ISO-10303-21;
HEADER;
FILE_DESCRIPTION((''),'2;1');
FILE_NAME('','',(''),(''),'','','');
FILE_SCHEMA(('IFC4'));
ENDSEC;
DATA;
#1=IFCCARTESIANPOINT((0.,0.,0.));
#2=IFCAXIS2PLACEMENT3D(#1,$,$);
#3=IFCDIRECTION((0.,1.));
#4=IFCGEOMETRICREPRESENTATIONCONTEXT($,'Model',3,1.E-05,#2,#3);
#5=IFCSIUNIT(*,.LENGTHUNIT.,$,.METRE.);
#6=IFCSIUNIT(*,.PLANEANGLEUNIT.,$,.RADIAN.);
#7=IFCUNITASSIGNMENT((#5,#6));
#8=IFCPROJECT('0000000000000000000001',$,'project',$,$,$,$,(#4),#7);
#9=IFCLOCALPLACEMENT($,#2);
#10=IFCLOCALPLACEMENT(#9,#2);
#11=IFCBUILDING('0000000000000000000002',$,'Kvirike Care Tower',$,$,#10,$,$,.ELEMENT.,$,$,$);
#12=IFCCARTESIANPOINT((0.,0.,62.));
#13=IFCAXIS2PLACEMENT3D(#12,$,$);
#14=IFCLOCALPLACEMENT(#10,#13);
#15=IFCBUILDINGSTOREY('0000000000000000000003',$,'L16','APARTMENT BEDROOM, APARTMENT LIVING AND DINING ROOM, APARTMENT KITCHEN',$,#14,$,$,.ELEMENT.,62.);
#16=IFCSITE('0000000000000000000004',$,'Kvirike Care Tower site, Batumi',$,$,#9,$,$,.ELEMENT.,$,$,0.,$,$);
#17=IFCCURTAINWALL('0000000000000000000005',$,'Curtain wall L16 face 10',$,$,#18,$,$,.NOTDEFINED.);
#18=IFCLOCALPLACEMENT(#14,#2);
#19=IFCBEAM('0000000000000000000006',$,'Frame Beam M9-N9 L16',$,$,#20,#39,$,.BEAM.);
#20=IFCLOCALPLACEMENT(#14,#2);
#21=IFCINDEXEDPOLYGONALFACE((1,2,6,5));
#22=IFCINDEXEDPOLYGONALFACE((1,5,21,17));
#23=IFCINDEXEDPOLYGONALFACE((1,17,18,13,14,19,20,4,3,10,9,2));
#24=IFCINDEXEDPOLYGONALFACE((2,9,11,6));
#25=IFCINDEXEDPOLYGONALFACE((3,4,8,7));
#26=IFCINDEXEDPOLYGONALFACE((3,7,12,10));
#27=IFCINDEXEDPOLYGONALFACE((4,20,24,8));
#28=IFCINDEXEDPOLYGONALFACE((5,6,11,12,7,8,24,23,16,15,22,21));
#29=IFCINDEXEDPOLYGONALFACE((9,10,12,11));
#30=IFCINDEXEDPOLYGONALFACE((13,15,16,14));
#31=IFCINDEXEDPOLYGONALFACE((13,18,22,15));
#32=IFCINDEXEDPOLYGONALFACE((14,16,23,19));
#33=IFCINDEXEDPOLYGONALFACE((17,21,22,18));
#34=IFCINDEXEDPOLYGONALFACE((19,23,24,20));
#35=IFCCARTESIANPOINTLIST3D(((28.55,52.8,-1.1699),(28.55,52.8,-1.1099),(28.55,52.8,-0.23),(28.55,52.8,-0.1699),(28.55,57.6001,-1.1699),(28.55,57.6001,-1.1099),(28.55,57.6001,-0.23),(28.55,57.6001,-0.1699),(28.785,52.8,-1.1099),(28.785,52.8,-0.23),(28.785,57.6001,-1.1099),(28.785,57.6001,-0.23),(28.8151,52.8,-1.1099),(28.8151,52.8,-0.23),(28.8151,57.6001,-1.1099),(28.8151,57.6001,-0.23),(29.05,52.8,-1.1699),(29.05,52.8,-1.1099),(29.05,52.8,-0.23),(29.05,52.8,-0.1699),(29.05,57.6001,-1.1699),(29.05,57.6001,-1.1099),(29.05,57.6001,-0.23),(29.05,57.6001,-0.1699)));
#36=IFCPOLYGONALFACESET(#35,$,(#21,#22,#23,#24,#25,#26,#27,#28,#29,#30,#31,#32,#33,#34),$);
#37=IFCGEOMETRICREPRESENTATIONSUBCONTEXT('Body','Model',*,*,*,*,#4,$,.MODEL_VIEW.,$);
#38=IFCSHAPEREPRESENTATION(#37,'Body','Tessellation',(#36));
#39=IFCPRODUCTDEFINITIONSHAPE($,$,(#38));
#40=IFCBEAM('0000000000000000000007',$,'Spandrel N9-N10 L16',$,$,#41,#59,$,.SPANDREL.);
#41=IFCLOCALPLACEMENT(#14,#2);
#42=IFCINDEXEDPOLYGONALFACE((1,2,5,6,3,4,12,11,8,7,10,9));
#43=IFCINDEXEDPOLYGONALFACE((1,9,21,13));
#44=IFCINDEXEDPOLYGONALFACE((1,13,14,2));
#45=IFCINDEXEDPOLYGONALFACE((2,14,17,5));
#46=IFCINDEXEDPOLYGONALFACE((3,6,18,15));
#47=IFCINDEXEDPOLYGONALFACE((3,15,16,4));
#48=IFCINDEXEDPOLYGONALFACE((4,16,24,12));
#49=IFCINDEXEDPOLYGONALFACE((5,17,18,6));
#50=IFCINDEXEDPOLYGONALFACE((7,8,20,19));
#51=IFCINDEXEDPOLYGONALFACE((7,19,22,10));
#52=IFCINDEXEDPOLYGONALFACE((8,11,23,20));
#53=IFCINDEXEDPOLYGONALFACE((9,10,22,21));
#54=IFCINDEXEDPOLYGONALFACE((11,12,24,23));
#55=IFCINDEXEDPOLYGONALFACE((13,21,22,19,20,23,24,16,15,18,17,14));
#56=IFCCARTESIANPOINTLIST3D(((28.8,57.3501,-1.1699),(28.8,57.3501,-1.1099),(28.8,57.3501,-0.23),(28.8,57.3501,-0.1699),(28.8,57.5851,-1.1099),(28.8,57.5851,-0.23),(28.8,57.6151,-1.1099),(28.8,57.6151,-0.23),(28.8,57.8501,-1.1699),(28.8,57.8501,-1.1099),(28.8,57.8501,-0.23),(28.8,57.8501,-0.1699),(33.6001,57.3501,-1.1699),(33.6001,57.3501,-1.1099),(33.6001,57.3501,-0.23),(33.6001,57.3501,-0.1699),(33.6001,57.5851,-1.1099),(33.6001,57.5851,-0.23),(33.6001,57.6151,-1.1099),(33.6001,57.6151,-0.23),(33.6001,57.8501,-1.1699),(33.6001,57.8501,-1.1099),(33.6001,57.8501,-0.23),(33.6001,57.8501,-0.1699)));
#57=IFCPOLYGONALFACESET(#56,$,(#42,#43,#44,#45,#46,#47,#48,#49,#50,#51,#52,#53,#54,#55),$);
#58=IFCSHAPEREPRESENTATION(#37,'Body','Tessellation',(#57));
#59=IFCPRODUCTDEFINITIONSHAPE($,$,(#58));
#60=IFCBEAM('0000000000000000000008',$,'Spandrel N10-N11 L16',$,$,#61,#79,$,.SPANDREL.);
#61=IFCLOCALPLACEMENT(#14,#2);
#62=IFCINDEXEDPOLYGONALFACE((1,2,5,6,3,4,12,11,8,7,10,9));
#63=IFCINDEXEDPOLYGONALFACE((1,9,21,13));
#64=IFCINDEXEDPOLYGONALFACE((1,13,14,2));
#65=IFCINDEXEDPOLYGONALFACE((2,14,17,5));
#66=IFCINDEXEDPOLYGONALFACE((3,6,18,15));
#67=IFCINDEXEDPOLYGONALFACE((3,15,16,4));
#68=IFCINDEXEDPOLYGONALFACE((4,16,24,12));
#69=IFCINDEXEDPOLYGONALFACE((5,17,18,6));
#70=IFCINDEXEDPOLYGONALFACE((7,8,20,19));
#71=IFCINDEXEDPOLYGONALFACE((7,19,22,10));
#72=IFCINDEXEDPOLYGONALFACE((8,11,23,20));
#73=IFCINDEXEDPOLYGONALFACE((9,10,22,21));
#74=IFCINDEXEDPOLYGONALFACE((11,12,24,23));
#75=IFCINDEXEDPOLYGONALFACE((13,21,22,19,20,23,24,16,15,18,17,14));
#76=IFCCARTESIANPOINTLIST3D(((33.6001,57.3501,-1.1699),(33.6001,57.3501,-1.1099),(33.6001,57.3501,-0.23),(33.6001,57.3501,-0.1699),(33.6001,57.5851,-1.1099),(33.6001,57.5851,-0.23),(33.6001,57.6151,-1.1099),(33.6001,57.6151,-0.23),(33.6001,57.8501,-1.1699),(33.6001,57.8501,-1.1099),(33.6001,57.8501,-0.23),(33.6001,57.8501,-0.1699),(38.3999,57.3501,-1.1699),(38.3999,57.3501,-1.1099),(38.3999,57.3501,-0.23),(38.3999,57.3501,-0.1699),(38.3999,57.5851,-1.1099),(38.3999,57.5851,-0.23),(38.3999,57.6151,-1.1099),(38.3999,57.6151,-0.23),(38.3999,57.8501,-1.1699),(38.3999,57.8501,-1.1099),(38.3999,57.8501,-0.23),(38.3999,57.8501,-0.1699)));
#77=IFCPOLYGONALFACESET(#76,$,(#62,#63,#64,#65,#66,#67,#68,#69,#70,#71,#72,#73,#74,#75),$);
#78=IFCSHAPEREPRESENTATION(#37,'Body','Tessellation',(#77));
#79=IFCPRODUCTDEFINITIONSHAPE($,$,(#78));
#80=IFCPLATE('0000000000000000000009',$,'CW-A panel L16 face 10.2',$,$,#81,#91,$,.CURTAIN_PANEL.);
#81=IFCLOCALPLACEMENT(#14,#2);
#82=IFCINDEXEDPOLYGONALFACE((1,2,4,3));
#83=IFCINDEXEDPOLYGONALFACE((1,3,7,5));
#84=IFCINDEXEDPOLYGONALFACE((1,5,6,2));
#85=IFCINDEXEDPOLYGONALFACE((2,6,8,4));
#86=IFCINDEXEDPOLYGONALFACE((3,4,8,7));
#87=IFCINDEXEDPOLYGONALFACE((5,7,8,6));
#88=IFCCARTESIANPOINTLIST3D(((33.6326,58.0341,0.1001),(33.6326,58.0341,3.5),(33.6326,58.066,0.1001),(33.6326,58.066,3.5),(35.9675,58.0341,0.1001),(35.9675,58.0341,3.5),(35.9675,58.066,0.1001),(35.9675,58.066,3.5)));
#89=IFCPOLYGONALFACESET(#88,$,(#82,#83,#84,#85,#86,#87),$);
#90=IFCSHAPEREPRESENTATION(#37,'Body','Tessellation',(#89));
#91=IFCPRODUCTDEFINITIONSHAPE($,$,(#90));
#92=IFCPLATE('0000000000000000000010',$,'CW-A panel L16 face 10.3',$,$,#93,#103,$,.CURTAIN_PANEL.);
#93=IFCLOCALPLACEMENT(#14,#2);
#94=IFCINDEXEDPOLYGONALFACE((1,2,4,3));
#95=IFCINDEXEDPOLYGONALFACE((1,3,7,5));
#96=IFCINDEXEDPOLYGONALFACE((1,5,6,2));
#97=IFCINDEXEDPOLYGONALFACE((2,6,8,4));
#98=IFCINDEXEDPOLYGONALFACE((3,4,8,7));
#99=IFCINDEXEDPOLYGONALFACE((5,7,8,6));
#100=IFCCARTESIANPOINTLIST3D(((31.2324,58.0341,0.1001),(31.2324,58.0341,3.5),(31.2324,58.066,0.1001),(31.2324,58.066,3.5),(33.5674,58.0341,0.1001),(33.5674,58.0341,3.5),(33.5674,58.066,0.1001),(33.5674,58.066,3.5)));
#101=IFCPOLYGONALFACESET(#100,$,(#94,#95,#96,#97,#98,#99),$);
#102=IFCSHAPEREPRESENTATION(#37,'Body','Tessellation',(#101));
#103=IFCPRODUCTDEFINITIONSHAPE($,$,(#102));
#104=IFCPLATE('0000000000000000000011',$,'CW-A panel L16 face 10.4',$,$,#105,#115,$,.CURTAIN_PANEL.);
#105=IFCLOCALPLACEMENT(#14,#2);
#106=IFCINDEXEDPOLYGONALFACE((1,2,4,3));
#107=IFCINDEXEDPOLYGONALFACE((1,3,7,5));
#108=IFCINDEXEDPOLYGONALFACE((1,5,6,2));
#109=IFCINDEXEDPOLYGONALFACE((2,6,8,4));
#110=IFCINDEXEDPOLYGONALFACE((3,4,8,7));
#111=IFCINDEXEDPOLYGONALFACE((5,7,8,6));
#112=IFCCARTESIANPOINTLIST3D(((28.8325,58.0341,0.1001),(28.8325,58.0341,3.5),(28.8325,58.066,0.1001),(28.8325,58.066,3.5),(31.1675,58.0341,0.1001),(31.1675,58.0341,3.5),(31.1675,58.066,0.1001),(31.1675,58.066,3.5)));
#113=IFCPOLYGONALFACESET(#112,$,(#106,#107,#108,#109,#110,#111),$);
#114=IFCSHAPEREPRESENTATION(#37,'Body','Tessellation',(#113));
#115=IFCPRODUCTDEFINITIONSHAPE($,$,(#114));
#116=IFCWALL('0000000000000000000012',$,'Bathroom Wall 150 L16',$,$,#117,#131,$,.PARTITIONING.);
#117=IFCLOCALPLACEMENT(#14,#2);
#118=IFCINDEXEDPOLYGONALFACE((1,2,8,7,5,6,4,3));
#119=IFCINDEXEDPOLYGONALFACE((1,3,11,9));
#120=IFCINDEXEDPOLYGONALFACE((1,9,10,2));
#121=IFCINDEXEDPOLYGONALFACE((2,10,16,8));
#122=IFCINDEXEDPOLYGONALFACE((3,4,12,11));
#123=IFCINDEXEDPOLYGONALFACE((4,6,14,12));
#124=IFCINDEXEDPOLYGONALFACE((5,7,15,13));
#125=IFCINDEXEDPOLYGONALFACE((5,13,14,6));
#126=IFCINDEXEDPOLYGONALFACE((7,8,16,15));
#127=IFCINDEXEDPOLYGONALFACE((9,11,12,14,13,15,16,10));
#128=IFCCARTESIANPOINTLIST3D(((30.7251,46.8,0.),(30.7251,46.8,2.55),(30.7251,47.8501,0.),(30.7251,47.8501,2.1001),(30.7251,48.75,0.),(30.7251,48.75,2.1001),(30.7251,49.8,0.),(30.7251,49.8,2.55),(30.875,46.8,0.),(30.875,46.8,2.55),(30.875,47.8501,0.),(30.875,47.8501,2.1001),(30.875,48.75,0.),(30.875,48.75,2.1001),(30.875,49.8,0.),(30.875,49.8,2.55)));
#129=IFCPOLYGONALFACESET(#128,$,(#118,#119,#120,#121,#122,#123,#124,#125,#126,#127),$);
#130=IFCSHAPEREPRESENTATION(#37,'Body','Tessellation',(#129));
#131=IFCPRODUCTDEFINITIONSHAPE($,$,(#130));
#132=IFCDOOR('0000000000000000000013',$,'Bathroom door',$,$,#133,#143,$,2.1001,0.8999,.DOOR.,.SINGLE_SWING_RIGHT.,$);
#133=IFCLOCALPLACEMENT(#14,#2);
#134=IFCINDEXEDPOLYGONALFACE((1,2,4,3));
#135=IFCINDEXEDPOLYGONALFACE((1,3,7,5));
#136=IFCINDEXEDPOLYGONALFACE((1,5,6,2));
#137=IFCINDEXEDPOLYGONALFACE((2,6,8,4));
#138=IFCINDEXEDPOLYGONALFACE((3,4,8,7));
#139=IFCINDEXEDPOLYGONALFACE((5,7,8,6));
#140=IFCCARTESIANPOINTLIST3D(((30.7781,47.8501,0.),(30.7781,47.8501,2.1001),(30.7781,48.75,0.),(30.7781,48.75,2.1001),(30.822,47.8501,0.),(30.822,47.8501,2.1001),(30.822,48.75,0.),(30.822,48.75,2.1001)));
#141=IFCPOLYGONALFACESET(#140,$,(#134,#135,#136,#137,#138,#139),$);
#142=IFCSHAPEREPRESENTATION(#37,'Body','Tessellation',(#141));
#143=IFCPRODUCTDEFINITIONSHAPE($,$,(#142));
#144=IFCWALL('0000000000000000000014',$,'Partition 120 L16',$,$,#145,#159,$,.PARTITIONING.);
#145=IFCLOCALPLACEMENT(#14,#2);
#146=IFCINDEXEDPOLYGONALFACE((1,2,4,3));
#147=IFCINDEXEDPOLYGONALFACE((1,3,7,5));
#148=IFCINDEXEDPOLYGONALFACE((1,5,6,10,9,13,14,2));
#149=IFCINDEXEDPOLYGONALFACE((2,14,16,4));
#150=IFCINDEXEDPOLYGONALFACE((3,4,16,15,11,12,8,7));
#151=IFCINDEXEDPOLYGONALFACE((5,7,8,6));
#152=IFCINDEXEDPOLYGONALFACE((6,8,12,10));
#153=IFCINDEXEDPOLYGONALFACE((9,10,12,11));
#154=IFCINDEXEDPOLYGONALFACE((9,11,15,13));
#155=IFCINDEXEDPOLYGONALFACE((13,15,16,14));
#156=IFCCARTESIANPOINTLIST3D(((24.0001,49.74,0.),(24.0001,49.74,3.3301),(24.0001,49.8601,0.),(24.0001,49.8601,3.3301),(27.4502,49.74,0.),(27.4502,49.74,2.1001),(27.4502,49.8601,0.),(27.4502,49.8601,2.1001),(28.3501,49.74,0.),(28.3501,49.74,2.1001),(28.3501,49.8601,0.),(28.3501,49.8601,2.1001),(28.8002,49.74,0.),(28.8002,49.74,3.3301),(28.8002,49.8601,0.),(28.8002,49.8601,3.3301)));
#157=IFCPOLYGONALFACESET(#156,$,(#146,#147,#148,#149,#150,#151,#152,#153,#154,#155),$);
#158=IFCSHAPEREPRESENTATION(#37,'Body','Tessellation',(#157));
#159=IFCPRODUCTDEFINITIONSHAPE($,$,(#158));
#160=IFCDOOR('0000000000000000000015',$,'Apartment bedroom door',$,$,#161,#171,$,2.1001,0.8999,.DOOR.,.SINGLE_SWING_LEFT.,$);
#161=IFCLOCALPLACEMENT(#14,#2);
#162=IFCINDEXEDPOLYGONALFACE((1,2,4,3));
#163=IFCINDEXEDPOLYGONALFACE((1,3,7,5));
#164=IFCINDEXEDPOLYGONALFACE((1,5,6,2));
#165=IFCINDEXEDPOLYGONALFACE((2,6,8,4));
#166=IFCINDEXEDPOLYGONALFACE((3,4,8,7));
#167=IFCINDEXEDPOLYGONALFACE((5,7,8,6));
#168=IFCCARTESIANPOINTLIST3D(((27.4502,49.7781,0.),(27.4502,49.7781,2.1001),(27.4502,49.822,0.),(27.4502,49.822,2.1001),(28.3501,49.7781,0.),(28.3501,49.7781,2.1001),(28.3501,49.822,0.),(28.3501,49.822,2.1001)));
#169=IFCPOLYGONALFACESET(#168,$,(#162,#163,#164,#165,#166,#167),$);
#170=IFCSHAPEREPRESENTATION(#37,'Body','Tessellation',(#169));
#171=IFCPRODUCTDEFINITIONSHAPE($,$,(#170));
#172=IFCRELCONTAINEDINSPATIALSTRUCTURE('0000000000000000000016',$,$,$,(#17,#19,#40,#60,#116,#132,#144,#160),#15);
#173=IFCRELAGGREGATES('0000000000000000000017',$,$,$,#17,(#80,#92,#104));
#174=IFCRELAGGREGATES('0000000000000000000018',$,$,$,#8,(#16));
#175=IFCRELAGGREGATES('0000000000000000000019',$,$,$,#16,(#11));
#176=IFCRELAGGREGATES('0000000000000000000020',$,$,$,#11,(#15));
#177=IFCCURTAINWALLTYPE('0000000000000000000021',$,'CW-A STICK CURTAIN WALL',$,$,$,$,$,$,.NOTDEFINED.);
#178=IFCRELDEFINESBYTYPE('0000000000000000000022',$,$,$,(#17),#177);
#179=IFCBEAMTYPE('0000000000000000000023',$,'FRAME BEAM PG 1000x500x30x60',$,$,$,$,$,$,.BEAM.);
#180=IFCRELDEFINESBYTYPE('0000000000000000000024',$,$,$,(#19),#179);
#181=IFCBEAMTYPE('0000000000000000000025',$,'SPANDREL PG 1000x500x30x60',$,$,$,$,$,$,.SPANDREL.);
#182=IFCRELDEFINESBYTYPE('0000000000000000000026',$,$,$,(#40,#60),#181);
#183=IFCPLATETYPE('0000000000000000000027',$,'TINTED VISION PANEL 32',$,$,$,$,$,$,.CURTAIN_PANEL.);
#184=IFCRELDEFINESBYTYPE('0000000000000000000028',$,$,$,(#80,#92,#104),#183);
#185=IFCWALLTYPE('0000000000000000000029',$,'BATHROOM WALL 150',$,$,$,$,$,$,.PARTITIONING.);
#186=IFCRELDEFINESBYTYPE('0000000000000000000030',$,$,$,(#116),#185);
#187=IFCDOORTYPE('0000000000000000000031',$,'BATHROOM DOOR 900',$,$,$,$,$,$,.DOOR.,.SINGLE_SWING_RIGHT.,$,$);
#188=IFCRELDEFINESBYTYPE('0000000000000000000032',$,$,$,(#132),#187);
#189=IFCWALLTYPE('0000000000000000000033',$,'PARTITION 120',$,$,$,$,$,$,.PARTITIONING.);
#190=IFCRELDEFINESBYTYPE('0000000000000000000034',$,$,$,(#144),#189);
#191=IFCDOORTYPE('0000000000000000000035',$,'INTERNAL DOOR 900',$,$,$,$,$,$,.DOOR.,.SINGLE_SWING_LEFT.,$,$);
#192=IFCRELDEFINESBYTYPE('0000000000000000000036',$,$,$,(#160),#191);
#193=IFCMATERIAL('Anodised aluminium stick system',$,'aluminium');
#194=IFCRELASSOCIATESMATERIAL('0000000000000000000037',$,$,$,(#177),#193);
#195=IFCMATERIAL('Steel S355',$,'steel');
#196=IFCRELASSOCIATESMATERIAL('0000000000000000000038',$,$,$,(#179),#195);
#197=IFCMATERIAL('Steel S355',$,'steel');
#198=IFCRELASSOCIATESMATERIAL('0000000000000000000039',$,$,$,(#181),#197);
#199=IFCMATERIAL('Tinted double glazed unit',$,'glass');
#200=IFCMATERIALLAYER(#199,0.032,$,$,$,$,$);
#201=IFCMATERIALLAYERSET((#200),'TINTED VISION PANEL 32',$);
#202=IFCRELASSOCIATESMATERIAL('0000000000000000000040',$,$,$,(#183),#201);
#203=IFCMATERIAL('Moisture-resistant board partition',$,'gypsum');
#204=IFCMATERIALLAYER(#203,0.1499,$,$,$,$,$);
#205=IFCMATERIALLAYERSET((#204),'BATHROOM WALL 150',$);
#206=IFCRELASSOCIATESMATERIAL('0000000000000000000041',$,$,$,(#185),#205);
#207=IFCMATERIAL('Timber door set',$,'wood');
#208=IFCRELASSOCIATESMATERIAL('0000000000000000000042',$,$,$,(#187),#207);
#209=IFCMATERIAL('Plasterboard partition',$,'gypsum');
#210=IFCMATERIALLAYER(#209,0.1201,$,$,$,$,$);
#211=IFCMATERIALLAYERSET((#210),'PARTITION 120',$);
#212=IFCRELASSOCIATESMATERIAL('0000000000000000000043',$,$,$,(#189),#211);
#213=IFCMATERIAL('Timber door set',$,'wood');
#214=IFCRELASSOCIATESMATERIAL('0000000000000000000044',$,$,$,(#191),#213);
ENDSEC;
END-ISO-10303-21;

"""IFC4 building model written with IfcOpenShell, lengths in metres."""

from ifc_helpers import new_model, si_unit, direction, frame, frame_2d, origin, origin_2d, place, context, subcontext, project, spatial, rectangle, i_section, extrude, material, layer, layer_set, material_profile, profile_set, type_object, element, fill, aggregate, save


model = new_model("IFC4")

# Units and contexts
model_context = context("Model", 3, precision=1e-05, world=origin(), true_north=direction((0.0, 1.0)))
body_context = subcontext(model_context, "Body", "Model", "MODEL_VIEW")
ifc_project = project(units=[si_unit("LENGTHUNIT", "METRE"), si_unit("PLANEANGLEUNIT", "RADIAN")], contexts=[model_context])

# Site, building, storey
site_placement = place(None, origin())
site = spatial("IfcSite", under=ifc_project, at=site_placement, Name="Kvirike Care Tower site, Batumi", CompositionType="ELEMENT", RefElevation=0.0)
building_placement = place(site_placement, origin())
building = spatial("IfcBuilding", under=site, at=building_placement, Name="Kvirike Care Tower", CompositionType="ELEMENT")
storey_placement = place(building_placement, frame((0.0, 0.0, 62.0)))
storey = spatial("IfcBuildingStorey", under=building, at=storey_placement, Name="L16", Description="APARTMENT BEDROOM, APARTMENT LIVING AND DINING ROOM, APARTMENT KITCHEN", CompositionType="ELEMENT", Elevation=62.0)

# Curtain wall
ifc_material_1 = material(Name="Anodised aluminium stick system", Category="aluminium")
curtain_wall_type = type_object("IfcCurtainWallType", Name="CW-A STICK CURTAIN WALL", PredefinedType="NOTDEFINED", material=ifc_material_1)
curtain_wall_placement = place(storey_placement, origin())
curtain_wall = element("IfcCurtainWall", 1, at=curtain_wall_placement, inside=storey, type_object=curtain_wall_type, Name="Curtain wall L16 face 10", PredefinedType="NOTDEFINED")

# Beams
ifc_material_2 = material(Name="Steel S355", Category="steel")
ifc_material_profile_1 = material_profile(ifc_material_2, i_section(OverallWidth=0.5, OverallDepth=1.0, WebThickness=0.03, FlangeThickness=0.0601, at=origin_2d()), Name="PG 1000x500x30x60")
ifc_profile_set_1 = profile_set([ifc_material_profile_1], Name="Steel S355")
beam_type_1 = type_object("IfcBeamType", Name="FRAME BEAM PG 1000x500x30x60", PredefinedType="BEAM", material=ifc_profile_set_1)
beam_1_placement = place(storey_placement, frame((28.8, 52.8, -0.6699), z_axis=(0.0, 1.0, 0.0), x_axis=(-1.0, 0.0, 0.0)))
element("IfcBeam", 2, at=beam_1_placement, inside=storey, type_object=beam_type_1, Name="Frame Beam M9-N9 L16", PredefinedType="BEAM", context=body_context, shape_type="SweptSolid", body=[
    extrude(i_section(OverallWidth=0.5, OverallDepth=1.0, WebThickness=0.03, FlangeThickness=0.0601, at=origin_2d()), origin(), (0.0, 0.0, 1.0), 4.8),
])
ifc_material_3 = material(Name="Steel S355", Category="steel")
ifc_material_profile_2 = material_profile(ifc_material_3, i_section(OverallWidth=0.5, OverallDepth=1.0, WebThickness=0.03, FlangeThickness=0.0601, at=origin_2d()), Name="PG 1000x500x30x60")
ifc_profile_set_2 = profile_set([ifc_material_profile_2], Name="Steel S355")
beam_type_2 = type_object("IfcBeamType", Name="SPANDREL PG 1000x500x30x60", PredefinedType="SPANDREL", material=ifc_profile_set_2)
beam_2_placement = place(storey_placement, frame((28.8, 57.6001, -0.6699), z_axis=(1.0, 0.0, 0.0), x_axis=(0.0, 1.0, 0.0)))
element("IfcBeam", 3, at=beam_2_placement, inside=storey, type_object=beam_type_2, Name="Spandrel N9-N10 L16", PredefinedType="SPANDREL", context=body_context, shape_type="SweptSolid", body=[
    extrude(i_section(OverallWidth=0.5, OverallDepth=1.0, WebThickness=0.03, FlangeThickness=0.0601, at=origin_2d()), origin(), (0.0, 0.0, 1.0), 4.8),
])
beam_3_placement = place(storey_placement, frame((33.6001, 57.6001, -0.6699), z_axis=(1.0, 0.0, 0.0), x_axis=(0.0, 1.0, 0.0)))
element("IfcBeam", 4, at=beam_3_placement, inside=storey, type_object=beam_type_2, Name="Spandrel N10-N11 L16", PredefinedType="SPANDREL", context=body_context, shape_type="SweptSolid", body=[
    extrude(i_section(OverallWidth=0.5, OverallDepth=1.0, WebThickness=0.03, FlangeThickness=0.0601, at=origin_2d()), origin(), (0.0, 0.0, 1.0), 4.7998),
])

# Plates
ifc_material_4 = material(Name="Tinted double glazed unit", Category="glass")
ifc_layer_1 = layer(ifc_material_4, 0.032)
ifc_layer_set_1 = layer_set([ifc_layer_1], Name="TINTED VISION PANEL 32")
plate_type = type_object("IfcPlateType", Name="TINTED VISION PANEL 32", PredefinedType="CURTAIN_PANEL", material=ifc_layer_set_1)
plate_1_placement = place(storey_placement, frame((34.8, 58.05, 0.1001), z_axis=(0.0, 0.0, 1.0), x_axis=(-1.0, 0.0, 0.0)))
plate_1 = element("IfcPlate", 5, at=plate_1_placement, type_object=plate_type, Name="CW-A panel L16 face 10.2", PredefinedType="CURTAIN_PANEL", context=body_context, shape_type="SweptSolid", body=[
    extrude(rectangle(XDim=2.335, YDim=0.032, at=origin_2d()), origin(), (0.0, 0.0, 1.0), 3.3999),
])
plate_2_placement = place(storey_placement, frame((32.3999, 58.05, 0.1001), z_axis=(0.0, 0.0, 1.0), x_axis=(-1.0, 0.0, 0.0)))
plate_2 = element("IfcPlate", 6, at=plate_2_placement, type_object=plate_type, Name="CW-A panel L16 face 10.3", PredefinedType="CURTAIN_PANEL", context=body_context, shape_type="SweptSolid", body=[
    extrude(rectangle(XDim=2.335, YDim=0.032, at=origin_2d()), origin(), (0.0, 0.0, 1.0), 3.3999),
])
plate_3_placement = place(storey_placement, frame((30.0, 58.05, 0.1001), z_axis=(0.0, 0.0, 1.0), x_axis=(-1.0, 0.0, 0.0)))
plate_3 = element("IfcPlate", 7, at=plate_3_placement, type_object=plate_type, Name="CW-A panel L16 face 10.4", PredefinedType="CURTAIN_PANEL", context=body_context, shape_type="SweptSolid", body=[
    extrude(rectangle(XDim=2.335, YDim=0.032, at=origin_2d()), origin(), (0.0, 0.0, 1.0), 3.3999),
])
aggregate(curtain_wall, [plate_1, plate_2, plate_3])

# Walls, openings, doors
ifc_material_5 = material(Name="Moisture-resistant board partition", Category="gypsum")
ifc_layer_2 = layer(ifc_material_5, 0.1499)
ifc_layer_set_2 = layer_set([ifc_layer_2], Name="BATHROOM WALL 150")
wall_type_1 = type_object("IfcWallType", Name="BATHROOM WALL 150", PredefinedType="PARTITIONING", material=ifc_layer_set_2)
wall_1_placement = place(storey_placement, frame((30.8, 49.8, 0.0), z_axis=(0.0, 0.0, 1.0), x_axis=(0.0, -1.0, 0.0)))
wall_1 = element("IfcWall", 8, at=wall_1_placement, inside=storey, type_object=wall_type_1, Name="Bathroom Wall 150 L16", PredefinedType="PARTITIONING", context=body_context, shape_type="SweptSolid", body=[
    extrude(rectangle(XDim=3.0, YDim=0.1499, at=frame_2d((1.5, 0.0))), origin(), (0.0, 0.0, 1.0), 2.55),
])
opening_1_placement = place(wall_1_placement, frame((1.05, 0.0, 0.0)))
opening_1 = element("IfcOpeningElement", 9, at=opening_1_placement, cuts=wall_1, PredefinedType="OPENING", context=body_context, shape_type="SweptSolid", body=[
    extrude(rectangle(XDim=0.8999, YDim=2.1001, at=frame_2d((0.45, 1.05))), frame((0.0, 0.0854, 0.0), z_axis=(0.0, -1.0, 0.0), x_axis=(1.0, 0.0, 0.0)), (0.0, 0.0, 1.0), 0.1709),
])
ifc_material_6 = material(Name="Timber door set", Category="wood")
door_type_1 = type_object("IfcDoorType", Name="BATHROOM DOOR 900", OperationType="SINGLE_SWING_RIGHT", PredefinedType="DOOR", material=ifc_material_6)
door_1_placement = place(opening_1_placement, origin())
door_1 = element("IfcDoor", 10, at=door_1_placement, inside=storey, type_object=door_type_1, Name="Bathroom door", OperationType="SINGLE_SWING_RIGHT", OverallHeight=2.1001, OverallWidth=0.8999, PredefinedType="DOOR", context=body_context, shape_type="SweptSolid", body=[
    extrude(rectangle(XDim=0.8999, YDim=2.1001, at=frame_2d((0.45, 1.05))), frame((0.0, 0.022, 0.0), z_axis=(0.0, -1.0, 0.0), x_axis=(1.0, 0.0, 0.0)), (0.0, 0.0, 1.0), 0.0439),
])
fill(opening_1, door_1)
ifc_material_7 = material(Name="Plasterboard partition", Category="gypsum")
ifc_layer_3 = layer(ifc_material_7, 0.1201)
ifc_layer_set_3 = layer_set([ifc_layer_3], Name="PARTITION 120")
wall_type_2 = type_object("IfcWallType", Name="PARTITION 120", PredefinedType="PARTITIONING", material=ifc_layer_set_3)
wall_2_placement = place(storey_placement, frame((28.8, 49.8, 0.0), z_axis=(0.0, 0.0, 1.0), x_axis=(-1.0, 0.0, 0.0)))
wall_2 = element("IfcWall", 11, at=wall_2_placement, inside=storey, type_object=wall_type_2, Name="Partition 120 L16", PredefinedType="PARTITIONING", context=body_context, shape_type="SweptSolid", body=[
    extrude(rectangle(XDim=4.8, YDim=0.1201, at=frame_2d((2.3999, 0.0))), origin(), (0.0, 0.0, 1.0), 3.3301),
])
opening_2_placement = place(wall_2_placement, frame((0.45, 0.0, 0.0)))
opening_2 = element("IfcOpeningElement", 12, at=opening_2_placement, cuts=wall_2, PredefinedType="OPENING", context=body_context, shape_type="SweptSolid", body=[
    extrude(rectangle(XDim=0.8999, YDim=2.1001, at=frame_2d((0.45, 1.05))), frame((0.0, 0.0706, 0.0), z_axis=(0.0, -1.0, 0.0), x_axis=(1.0, 0.0, 0.0)), (0.0, 0.0, 1.0), 0.1411),
])
ifc_material_8 = material(Name="Timber door set", Category="wood")
door_type_2 = type_object("IfcDoorType", Name="INTERNAL DOOR 900", OperationType="SINGLE_SWING_LEFT", PredefinedType="DOOR", material=ifc_material_8)
door_2_placement = place(opening_2_placement, frame((0.8999, 0.0, 0.0), z_axis=(0.0, 0.0, 1.0), x_axis=(-1.0, 0.0, 0.0)))
door_2 = element("IfcDoor", 13, at=door_2_placement, inside=storey, type_object=door_type_2, Name="Apartment bedroom door", OperationType="SINGLE_SWING_LEFT", OverallHeight=2.1001, OverallWidth=0.8999, PredefinedType="DOOR", context=body_context, shape_type="SweptSolid", body=[
    extrude(rectangle(XDim=0.8999, YDim=2.1001, at=frame_2d((0.45, 1.05))), frame((0.0, 0.022, 0.0), z_axis=(0.0, -1.0, 0.0), x_axis=(1.0, 0.0, 0.0)), (0.0, 0.0, 1.0), 0.0439),
])
fill(opening_2, door_2)

save(model, "model.ifc")
